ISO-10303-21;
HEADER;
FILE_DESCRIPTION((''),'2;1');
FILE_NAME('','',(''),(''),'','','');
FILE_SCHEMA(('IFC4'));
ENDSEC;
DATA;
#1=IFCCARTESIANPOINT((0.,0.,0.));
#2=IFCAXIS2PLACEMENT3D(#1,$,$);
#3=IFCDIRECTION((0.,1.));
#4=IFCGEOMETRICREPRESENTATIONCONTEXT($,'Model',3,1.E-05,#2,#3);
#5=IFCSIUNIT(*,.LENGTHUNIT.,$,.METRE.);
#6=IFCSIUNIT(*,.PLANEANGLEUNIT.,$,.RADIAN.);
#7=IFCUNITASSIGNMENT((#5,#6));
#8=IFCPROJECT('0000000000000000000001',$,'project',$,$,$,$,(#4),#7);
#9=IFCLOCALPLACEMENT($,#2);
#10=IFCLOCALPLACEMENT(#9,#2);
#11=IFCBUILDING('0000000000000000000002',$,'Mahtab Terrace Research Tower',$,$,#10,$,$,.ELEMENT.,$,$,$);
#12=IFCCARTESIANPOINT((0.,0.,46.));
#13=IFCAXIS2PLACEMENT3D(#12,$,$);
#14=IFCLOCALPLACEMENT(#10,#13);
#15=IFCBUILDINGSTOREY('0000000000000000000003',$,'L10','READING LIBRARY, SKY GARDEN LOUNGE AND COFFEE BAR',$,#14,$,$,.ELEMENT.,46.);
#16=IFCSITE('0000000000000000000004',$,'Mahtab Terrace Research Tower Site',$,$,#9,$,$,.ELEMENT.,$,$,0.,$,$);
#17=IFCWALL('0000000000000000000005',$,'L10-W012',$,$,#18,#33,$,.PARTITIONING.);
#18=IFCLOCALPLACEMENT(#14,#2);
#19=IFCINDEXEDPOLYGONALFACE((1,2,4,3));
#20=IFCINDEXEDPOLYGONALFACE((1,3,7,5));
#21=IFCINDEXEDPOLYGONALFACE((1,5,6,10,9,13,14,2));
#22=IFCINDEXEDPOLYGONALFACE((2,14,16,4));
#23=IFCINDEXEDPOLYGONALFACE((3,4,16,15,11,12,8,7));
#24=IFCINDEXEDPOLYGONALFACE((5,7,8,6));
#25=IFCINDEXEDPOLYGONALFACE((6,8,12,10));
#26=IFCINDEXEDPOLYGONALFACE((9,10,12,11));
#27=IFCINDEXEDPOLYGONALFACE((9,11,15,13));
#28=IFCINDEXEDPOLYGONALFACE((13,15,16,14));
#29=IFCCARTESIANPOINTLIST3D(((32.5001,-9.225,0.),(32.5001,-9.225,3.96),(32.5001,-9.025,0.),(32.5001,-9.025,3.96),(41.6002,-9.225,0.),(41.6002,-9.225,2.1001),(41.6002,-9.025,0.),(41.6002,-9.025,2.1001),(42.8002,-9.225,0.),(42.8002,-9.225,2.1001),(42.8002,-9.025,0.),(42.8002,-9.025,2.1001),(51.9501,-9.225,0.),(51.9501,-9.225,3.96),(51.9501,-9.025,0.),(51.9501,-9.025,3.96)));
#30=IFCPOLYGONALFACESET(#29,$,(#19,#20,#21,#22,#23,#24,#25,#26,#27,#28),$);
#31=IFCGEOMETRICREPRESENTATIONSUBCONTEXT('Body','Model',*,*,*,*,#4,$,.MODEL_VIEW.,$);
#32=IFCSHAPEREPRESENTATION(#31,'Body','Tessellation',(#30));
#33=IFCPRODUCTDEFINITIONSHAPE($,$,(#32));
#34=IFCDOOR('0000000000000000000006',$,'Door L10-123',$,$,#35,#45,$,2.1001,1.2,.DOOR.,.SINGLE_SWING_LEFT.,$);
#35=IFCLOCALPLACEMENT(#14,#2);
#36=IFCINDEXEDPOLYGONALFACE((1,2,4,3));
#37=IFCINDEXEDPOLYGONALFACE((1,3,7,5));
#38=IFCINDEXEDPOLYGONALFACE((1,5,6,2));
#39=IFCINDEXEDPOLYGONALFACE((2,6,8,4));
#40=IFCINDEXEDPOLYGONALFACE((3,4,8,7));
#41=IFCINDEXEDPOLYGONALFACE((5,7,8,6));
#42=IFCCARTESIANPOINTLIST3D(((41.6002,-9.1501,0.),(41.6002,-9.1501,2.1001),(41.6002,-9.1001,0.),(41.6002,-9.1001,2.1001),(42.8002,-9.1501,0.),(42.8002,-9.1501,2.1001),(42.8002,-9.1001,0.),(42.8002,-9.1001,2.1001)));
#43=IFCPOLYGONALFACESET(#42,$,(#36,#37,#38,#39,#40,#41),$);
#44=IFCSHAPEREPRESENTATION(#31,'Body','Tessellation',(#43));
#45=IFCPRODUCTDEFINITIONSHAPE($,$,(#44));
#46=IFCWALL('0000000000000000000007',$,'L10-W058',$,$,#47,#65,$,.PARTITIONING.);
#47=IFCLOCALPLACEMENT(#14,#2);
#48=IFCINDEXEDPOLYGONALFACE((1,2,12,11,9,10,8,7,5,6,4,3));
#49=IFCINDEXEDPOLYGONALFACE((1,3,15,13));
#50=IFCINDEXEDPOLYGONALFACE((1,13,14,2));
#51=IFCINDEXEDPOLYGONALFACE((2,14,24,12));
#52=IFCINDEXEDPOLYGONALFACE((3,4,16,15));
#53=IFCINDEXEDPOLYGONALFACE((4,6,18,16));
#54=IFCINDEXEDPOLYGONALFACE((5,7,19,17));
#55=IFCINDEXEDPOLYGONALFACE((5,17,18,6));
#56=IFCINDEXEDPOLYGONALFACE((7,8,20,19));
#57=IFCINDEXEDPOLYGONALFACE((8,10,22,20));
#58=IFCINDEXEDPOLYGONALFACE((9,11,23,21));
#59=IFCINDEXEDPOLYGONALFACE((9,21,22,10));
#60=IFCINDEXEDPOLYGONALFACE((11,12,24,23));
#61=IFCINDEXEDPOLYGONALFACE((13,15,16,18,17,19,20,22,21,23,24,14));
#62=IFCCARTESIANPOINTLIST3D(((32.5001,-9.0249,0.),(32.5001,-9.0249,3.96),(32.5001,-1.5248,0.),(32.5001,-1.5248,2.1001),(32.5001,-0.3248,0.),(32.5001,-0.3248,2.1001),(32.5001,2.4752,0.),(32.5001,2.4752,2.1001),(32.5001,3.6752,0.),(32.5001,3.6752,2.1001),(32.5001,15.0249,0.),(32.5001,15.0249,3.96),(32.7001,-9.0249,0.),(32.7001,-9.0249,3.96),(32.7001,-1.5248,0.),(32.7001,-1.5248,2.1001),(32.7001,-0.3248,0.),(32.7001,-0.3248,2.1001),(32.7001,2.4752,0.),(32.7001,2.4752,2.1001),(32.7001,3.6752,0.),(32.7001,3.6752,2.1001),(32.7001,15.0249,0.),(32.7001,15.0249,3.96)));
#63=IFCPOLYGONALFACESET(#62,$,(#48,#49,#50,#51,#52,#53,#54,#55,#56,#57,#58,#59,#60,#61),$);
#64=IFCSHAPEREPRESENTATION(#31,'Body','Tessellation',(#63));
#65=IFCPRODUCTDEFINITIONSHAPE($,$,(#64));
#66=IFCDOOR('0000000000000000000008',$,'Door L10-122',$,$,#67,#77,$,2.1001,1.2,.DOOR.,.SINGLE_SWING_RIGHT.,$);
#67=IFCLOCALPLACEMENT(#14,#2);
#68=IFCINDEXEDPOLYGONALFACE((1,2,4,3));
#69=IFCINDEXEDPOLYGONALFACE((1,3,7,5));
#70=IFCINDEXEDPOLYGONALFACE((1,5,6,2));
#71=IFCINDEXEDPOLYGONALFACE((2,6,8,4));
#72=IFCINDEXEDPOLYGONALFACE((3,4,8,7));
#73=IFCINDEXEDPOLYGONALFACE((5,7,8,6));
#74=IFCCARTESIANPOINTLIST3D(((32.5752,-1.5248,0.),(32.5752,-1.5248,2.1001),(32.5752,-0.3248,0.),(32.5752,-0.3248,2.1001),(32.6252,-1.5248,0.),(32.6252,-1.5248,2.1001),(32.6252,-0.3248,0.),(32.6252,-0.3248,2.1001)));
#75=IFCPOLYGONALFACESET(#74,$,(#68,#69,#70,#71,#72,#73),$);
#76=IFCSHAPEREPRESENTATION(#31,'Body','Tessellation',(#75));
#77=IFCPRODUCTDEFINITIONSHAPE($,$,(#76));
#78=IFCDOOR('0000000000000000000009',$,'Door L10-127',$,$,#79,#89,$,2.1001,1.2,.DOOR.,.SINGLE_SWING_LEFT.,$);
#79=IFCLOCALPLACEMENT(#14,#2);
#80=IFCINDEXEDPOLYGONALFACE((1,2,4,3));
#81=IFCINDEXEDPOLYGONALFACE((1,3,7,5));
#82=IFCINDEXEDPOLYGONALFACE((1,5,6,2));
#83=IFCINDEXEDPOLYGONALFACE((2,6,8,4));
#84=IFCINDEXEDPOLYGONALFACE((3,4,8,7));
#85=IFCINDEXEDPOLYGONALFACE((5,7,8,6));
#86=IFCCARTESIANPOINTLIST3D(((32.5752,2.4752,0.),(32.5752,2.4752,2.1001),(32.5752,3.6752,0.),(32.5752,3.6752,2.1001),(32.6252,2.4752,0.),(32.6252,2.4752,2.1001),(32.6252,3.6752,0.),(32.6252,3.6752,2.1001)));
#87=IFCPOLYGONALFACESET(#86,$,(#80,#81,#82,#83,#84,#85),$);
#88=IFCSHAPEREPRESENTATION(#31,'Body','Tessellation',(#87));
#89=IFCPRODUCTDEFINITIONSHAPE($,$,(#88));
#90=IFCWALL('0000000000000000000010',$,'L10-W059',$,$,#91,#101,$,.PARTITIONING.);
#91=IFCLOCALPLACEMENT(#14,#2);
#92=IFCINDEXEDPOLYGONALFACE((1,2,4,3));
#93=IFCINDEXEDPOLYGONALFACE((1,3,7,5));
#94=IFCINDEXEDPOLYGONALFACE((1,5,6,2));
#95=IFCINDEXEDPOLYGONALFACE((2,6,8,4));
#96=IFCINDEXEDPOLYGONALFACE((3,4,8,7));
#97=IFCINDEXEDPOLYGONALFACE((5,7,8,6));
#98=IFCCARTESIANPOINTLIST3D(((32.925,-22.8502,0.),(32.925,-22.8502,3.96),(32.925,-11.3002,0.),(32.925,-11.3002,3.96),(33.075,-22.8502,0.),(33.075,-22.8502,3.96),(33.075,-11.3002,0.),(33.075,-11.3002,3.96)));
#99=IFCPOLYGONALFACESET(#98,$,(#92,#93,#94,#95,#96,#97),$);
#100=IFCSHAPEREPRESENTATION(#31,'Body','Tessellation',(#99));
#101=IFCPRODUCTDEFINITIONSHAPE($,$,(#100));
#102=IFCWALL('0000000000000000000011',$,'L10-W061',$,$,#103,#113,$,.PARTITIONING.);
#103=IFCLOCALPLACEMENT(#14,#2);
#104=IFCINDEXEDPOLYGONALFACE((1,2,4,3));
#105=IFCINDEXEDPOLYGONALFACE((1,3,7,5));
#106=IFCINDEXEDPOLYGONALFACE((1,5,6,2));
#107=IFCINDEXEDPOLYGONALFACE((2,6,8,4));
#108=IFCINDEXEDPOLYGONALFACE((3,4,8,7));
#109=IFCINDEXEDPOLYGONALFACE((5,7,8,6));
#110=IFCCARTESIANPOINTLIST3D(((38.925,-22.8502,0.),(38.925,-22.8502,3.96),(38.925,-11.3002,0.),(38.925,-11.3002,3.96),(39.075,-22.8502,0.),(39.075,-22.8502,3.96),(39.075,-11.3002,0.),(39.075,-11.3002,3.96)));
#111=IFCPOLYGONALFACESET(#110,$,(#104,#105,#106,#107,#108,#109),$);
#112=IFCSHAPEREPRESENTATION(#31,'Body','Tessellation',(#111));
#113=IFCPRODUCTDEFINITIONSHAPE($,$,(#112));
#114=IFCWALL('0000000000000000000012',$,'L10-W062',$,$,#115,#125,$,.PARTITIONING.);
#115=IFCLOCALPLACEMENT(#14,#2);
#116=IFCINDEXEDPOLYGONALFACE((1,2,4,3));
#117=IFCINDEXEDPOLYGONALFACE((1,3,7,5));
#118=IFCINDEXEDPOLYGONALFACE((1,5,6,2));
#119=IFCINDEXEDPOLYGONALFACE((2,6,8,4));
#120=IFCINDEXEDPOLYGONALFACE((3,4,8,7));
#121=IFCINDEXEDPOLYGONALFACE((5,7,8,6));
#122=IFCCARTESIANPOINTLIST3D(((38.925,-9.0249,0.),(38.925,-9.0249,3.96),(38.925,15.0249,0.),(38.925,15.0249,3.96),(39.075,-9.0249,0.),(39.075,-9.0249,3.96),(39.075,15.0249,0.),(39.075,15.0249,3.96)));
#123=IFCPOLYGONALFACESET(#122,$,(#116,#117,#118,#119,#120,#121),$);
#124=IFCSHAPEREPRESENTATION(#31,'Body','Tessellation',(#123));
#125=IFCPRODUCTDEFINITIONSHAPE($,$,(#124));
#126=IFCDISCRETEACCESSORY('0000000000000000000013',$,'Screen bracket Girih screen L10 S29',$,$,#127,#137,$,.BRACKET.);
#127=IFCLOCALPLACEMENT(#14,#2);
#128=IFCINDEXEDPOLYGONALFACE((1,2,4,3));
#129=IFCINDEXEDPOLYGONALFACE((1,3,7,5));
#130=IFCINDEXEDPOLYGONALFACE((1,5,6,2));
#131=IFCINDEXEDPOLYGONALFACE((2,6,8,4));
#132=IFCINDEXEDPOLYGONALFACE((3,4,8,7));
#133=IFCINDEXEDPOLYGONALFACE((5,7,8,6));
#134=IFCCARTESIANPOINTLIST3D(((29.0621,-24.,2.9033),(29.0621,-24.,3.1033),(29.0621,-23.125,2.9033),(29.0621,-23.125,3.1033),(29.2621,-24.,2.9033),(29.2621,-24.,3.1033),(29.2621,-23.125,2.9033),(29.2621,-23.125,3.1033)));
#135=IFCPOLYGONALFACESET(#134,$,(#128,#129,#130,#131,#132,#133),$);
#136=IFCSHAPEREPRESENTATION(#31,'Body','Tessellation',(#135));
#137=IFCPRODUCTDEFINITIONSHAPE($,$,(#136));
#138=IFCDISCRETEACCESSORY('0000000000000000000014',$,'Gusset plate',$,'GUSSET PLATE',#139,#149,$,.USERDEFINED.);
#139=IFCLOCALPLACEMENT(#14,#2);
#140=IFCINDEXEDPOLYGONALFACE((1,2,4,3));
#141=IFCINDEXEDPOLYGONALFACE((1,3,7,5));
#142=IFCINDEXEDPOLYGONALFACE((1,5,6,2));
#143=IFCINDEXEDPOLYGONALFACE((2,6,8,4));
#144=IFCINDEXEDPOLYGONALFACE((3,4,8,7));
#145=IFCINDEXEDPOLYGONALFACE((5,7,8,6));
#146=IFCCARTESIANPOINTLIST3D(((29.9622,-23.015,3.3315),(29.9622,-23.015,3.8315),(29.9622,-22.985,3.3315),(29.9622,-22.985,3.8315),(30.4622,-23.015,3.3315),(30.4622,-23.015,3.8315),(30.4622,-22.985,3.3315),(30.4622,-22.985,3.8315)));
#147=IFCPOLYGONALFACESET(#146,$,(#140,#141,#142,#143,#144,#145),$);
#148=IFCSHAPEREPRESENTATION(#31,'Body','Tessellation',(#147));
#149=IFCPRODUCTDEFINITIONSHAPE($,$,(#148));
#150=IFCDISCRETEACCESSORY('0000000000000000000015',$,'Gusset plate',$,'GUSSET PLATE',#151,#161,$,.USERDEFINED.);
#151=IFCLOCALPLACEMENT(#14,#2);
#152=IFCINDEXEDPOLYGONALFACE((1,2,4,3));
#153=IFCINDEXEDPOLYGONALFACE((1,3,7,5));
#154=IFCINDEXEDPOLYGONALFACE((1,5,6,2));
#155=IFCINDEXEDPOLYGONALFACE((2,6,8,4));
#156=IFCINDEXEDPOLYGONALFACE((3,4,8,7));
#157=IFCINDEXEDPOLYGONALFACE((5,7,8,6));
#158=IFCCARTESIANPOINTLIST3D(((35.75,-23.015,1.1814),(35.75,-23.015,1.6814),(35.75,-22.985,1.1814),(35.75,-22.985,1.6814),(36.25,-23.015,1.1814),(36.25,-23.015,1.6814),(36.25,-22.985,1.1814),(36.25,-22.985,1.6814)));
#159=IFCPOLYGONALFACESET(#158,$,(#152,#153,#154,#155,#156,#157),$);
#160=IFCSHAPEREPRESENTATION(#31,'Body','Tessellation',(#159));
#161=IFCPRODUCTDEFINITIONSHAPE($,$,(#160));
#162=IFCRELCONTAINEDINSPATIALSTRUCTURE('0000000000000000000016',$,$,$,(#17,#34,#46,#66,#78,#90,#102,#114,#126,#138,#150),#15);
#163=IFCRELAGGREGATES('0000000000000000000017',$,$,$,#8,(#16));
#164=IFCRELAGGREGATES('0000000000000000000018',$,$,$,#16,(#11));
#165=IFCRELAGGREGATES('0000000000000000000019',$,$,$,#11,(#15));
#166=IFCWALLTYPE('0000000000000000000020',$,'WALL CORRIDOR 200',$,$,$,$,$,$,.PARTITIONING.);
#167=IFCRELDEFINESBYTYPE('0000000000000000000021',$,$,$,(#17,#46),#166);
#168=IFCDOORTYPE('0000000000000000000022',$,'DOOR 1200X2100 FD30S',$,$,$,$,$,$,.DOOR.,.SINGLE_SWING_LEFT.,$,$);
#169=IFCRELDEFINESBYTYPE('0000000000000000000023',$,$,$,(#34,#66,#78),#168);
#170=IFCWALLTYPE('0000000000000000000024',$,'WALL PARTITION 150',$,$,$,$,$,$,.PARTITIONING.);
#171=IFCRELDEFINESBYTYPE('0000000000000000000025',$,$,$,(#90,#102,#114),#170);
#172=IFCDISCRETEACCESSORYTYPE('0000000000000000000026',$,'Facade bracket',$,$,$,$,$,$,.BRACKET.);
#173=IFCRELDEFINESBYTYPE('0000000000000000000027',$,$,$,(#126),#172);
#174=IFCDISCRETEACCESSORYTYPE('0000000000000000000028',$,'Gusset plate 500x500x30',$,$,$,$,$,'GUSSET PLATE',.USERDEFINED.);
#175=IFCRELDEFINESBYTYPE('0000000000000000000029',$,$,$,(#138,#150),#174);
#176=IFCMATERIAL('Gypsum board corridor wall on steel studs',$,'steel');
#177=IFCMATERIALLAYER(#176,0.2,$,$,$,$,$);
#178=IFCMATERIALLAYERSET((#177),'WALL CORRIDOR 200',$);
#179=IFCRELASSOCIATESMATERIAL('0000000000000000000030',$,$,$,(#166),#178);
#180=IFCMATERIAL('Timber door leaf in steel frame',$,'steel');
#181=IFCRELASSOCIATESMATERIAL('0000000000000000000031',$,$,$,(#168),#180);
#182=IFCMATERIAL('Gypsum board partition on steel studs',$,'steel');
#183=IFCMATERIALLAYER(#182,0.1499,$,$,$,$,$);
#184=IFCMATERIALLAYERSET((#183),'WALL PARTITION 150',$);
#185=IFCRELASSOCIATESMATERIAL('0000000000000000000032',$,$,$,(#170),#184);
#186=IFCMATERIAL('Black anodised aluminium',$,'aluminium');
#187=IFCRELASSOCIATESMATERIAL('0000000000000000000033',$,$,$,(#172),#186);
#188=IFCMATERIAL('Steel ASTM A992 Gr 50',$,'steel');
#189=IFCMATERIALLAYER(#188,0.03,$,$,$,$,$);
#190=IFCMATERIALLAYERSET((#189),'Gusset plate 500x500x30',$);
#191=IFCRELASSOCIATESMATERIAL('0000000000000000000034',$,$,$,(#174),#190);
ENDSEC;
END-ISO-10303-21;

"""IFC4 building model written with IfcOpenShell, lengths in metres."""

from ifc_helpers import new_model, si_unit, direction, frame, frame_2d, origin, origin_2d, place, context, subcontext, project, spatial, rectangle, extrude, material, layer, layer_set, type_object, element, fill, save


model = new_model("IFC4")

# Units and contexts
model_context = context("Model", 3, precision=1e-05, world=origin(), true_north=direction((0.0, 1.0)))
body_context = subcontext(model_context, "Body", "Model", "MODEL_VIEW")
ifc_project = project(units=[si_unit("LENGTHUNIT", "METRE"), si_unit("PLANEANGLEUNIT", "RADIAN")], contexts=[model_context])

# Site, building, storey
site_placement = place(None, origin())
site = spatial("IfcSite", under=ifc_project, at=site_placement, Name="Mahtab Terrace Research Tower Site", CompositionType="ELEMENT", RefElevation=0.0)
building_placement = place(site_placement, origin())
building = spatial("IfcBuilding", under=site, at=building_placement, Name="Mahtab Terrace Research Tower", CompositionType="ELEMENT")
storey_placement = place(building_placement, frame((0.0, 0.0, 46.0)))
storey = spatial("IfcBuildingStorey", under=building, at=storey_placement, Name="L10", Description="READING LIBRARY, SKY GARDEN LOUNGE AND COFFEE BAR", CompositionType="ELEMENT", Elevation=46.0)

# Shared definitions
ifc_material_1 = material(Name="Steel ASTM A992 Gr 50", Category="steel")

# Shared definitions
ifc_material_2 = material(Name="Gypsum board corridor wall on steel studs", Category="steel")
ifc_layer_1 = layer(ifc_material_2, 0.2)
ifc_layer_set_1 = layer_set([ifc_layer_1], Name="WALL CORRIDOR 200")
wall_type_1 = type_object("IfcWallType", Name="WALL CORRIDOR 200", PredefinedType="PARTITIONING", material=ifc_layer_set_1)
ifc_material_3 = material(Name="Timber door leaf in steel frame", Category="steel")
door_type = type_object("IfcDoorType", Name="DOOR 1200X2100 FD30S", OperationType="SINGLE_SWING_LEFT", PredefinedType="DOOR", material=ifc_material_3)

# Wall, opening, door
wall_1_placement = place(storey_placement, frame((32.5, -9.125, 0.0), z_axis=(0.0, 0.0, 1.0), x_axis=(1.0, 0.0, 0.0)))
wall_1 = element("IfcWall", 1, at=wall_1_placement, inside=storey, type_object=wall_type_1, Name="L10-W012", PredefinedType="PARTITIONING", context=body_context, shape_type="SweptSolid", body=[
    extrude(rectangle(XDim=19.45, YDim=0.2, at=frame_2d((9.7251, 0.0))), origin(), (0.0, 0.0, 1.0), 3.96),
])
opening_1_placement = place(wall_1_placement, frame((9.1001, 0.0, 0.0)))
opening_1 = element("IfcOpeningElement", 2, at=opening_1_placement, cuts=wall_1, PredefinedType="OPENING", context=body_context, shape_type="SweptSolid", body=[
    extrude(rectangle(XDim=1.2, YDim=2.1001, at=frame_2d((0.6001, 1.05))), frame((0.0, 0.1099, 0.0), z_axis=(0.0, -1.0, 0.0), x_axis=(1.0, 0.0, 0.0)), (0.0, 0.0, 1.0), 0.22),
])
door_1_placement = place(opening_1_placement, origin())
door_1 = element("IfcDoor", 3, at=door_1_placement, inside=storey, type_object=door_type, Name="Door L10-123", OperationType="SINGLE_SWING_LEFT", OverallHeight=2.1001, OverallWidth=1.2, PredefinedType="DOOR", context=body_context, shape_type="SweptSolid", body=[
    extrude(rectangle(XDim=1.2, YDim=2.1001, at=frame_2d((0.6001, 1.05))), frame((0.0, 0.0249, 0.0), z_axis=(0.0, -1.0, 0.0), x_axis=(1.0, 0.0, 0.0)), (0.0, 0.0, 1.0), 0.05),
])
fill(opening_1, door_1)

# Wall, openings, doors
wall_2_placement = place(storey_placement, frame((32.6001, -9.0249, 0.0), z_axis=(0.0, 0.0, 1.0), x_axis=(0.0, 1.0, 0.0)))
wall_2 = element("IfcWall", 4, at=wall_2_placement, inside=storey, type_object=wall_type_1, Name="L10-W058", PredefinedType="PARTITIONING", context=body_context, shape_type="SweptSolid", body=[
    extrude(rectangle(XDim=24.0498, YDim=0.2, at=frame_2d((12.0249, 0.0))), origin(), (0.0, 0.0, 1.0), 3.96),
])
opening_2_placement = place(wall_2_placement, frame((7.5, 0.0, 0.0)))
opening_2 = element("IfcOpeningElement", 5, at=opening_2_placement, cuts=wall_2, PredefinedType="OPENING", context=body_context, shape_type="SweptSolid", body=[
    extrude(rectangle(XDim=1.2, YDim=2.1001, at=frame_2d((0.6001, 1.05))), frame((0.0, 0.1099, 0.0), z_axis=(0.0, -1.0, 0.0), x_axis=(1.0, 0.0, 0.0)), (0.0, 0.0, 1.0), 0.22),
])
opening_3_placement = place(wall_2_placement, frame((11.5, 0.0, 0.0)))
opening_3 = element("IfcOpeningElement", 6, at=opening_3_placement, cuts=wall_2, PredefinedType="OPENING", context=body_context, shape_type="SweptSolid", body=[
    extrude(rectangle(XDim=1.2, YDim=2.1001, at=frame_2d((0.6001, 1.05))), frame((0.0, 0.1099, 0.0), z_axis=(0.0, -1.0, 0.0), x_axis=(1.0, 0.0, 0.0)), (0.0, 0.0, 1.0), 0.22),
])
door_2_placement = place(opening_2_placement, origin())
door_2 = element("IfcDoor", 7, at=door_2_placement, inside=storey, type_object=door_type, Name="Door L10-122", OperationType="SINGLE_SWING_RIGHT", OverallHeight=2.1001, OverallWidth=1.2, PredefinedType="DOOR", context=body_context, shape_type="SweptSolid", body=[
    extrude(rectangle(XDim=1.2, YDim=2.1001, at=frame_2d((0.6001, 1.05))), frame((0.0, 0.0249, 0.0), z_axis=(0.0, -1.0, 0.0), x_axis=(1.0, 0.0, 0.0)), (0.0, 0.0, 1.0), 0.05),
])
fill(opening_2, door_2)
door_3_placement = place(opening_3_placement, origin())
door_3 = element("IfcDoor", 8, at=door_3_placement, inside=storey, type_object=door_type, Name="Door L10-127", OperationType="SINGLE_SWING_LEFT", OverallHeight=2.1001, OverallWidth=1.2, PredefinedType="DOOR", context=body_context, shape_type="SweptSolid", body=[
    extrude(rectangle(XDim=1.2, YDim=2.1001, at=frame_2d((0.6001, 1.05))), frame((0.0, 0.0249, 0.0), z_axis=(0.0, -1.0, 0.0), x_axis=(1.0, 0.0, 0.0)), (0.0, 0.0, 1.0), 0.05),
])
fill(opening_3, door_3)

# Walls
ifc_material_4 = material(Name="Gypsum board partition on steel studs", Category="steel")
ifc_layer_2 = layer(ifc_material_4, 0.1499)
ifc_layer_set_2 = layer_set([ifc_layer_2], Name="WALL PARTITION 150")
wall_type_2 = type_object("IfcWallType", Name="WALL PARTITION 150", PredefinedType="PARTITIONING", material=ifc_layer_set_2)
for number, where, z_axis, x_axis, name in (
    (9, (33.0, -22.8501, 0.0), (0.0, 0.0, 1.0), (0.0, 1.0, 0.0), "L10-W059"),
    (10, (39.0, -22.8501, 0.0), (0.0, 0.0, 1.0), (0.0, 1.0, 0.0), "L10-W061"),
):
    element("IfcWall", number, at=place(storey_placement, frame(where, z_axis=z_axis, x_axis=x_axis)), inside=storey, type_object=wall_type_2, Name=name, PredefinedType="PARTITIONING", context=body_context, shape_type="SweptSolid", body=[
        extrude(rectangle(XDim=11.55, YDim=0.1499, at=frame_2d((5.7749, 0.0))), origin(), (0.0, 0.0, 1.0), 3.96),
    ])
wall_3_placement = place(storey_placement, frame((39.0, -9.0249, 0.0), z_axis=(0.0, 0.0, 1.0), x_axis=(0.0, 1.0, 0.0)))
element("IfcWall", 11, at=wall_3_placement, inside=storey, type_object=wall_type_2, Name="L10-W062", PredefinedType="PARTITIONING", context=body_context, shape_type="SweptSolid", body=[
    extrude(rectangle(XDim=24.0498, YDim=0.1499, at=frame_2d((12.0249, 0.0))), origin(), (0.0, 0.0, 1.0), 3.96),
])

# Discrete accessories
ifc_material_5 = material(Name="Black anodised aluminium", Category="aluminium")
discrete_accessory_type_1 = type_object("IfcDiscreteAccessoryType", Name="Facade bracket", PredefinedType="BRACKET", material=ifc_material_5)
discrete_accessory_placement = place(storey_placement, frame((29.1621, -23.5625, 2.9033), z_axis=(0.0, 0.0, 1.0), x_axis=(1.0, 0.0, 0.0)))
element("IfcDiscreteAccessory", 12, at=discrete_accessory_placement, inside=storey, type_object=discrete_accessory_type_1, Name="Screen bracket Girih screen L10 S29", PredefinedType="BRACKET", context=body_context, shape_type="SweptSolid", body=[
    extrude(rectangle(XDim=0.2, YDim=0.875, at=origin_2d()), origin(), (0.0, 0.0, 1.0), 0.2),
])
ifc_layer_3 = layer(ifc_material_1, 0.03)
ifc_layer_set_3 = layer_set([ifc_layer_3], Name="Gusset plate 500x500x30")
discrete_accessory_type_2 = type_object("IfcDiscreteAccessoryType", Name="Gusset plate 500x500x30", ElementType="GUSSET PLATE", PredefinedType="USERDEFINED", material=ifc_layer_set_3)
for number, where, z_axis, x_axis, name in (
    (13, (30.2122, -23.0, 3.3315), (0.0, 0.0, 1.0), (1.0, 0.0, 0.0), "Gusset plate"),
    (14, (36.0, -23.0, 1.1814), (0.0, 0.0, 1.0), (1.0, 0.0, 0.0), "Gusset plate"),
):
    element("IfcDiscreteAccessory", number, at=place(storey_placement, frame(where, z_axis=z_axis, x_axis=x_axis)), inside=storey, type_object=discrete_accessory_type_2, Name=name, ObjectType="GUSSET PLATE", PredefinedType="USERDEFINED", context=body_context, shape_type="SweptSolid", body=[
        extrude(rectangle(XDim=0.5, YDim=0.03, at=origin_2d()), origin(), (0.0, 0.0, 1.0), 0.5),
    ])

save(model, "model.ifc")
